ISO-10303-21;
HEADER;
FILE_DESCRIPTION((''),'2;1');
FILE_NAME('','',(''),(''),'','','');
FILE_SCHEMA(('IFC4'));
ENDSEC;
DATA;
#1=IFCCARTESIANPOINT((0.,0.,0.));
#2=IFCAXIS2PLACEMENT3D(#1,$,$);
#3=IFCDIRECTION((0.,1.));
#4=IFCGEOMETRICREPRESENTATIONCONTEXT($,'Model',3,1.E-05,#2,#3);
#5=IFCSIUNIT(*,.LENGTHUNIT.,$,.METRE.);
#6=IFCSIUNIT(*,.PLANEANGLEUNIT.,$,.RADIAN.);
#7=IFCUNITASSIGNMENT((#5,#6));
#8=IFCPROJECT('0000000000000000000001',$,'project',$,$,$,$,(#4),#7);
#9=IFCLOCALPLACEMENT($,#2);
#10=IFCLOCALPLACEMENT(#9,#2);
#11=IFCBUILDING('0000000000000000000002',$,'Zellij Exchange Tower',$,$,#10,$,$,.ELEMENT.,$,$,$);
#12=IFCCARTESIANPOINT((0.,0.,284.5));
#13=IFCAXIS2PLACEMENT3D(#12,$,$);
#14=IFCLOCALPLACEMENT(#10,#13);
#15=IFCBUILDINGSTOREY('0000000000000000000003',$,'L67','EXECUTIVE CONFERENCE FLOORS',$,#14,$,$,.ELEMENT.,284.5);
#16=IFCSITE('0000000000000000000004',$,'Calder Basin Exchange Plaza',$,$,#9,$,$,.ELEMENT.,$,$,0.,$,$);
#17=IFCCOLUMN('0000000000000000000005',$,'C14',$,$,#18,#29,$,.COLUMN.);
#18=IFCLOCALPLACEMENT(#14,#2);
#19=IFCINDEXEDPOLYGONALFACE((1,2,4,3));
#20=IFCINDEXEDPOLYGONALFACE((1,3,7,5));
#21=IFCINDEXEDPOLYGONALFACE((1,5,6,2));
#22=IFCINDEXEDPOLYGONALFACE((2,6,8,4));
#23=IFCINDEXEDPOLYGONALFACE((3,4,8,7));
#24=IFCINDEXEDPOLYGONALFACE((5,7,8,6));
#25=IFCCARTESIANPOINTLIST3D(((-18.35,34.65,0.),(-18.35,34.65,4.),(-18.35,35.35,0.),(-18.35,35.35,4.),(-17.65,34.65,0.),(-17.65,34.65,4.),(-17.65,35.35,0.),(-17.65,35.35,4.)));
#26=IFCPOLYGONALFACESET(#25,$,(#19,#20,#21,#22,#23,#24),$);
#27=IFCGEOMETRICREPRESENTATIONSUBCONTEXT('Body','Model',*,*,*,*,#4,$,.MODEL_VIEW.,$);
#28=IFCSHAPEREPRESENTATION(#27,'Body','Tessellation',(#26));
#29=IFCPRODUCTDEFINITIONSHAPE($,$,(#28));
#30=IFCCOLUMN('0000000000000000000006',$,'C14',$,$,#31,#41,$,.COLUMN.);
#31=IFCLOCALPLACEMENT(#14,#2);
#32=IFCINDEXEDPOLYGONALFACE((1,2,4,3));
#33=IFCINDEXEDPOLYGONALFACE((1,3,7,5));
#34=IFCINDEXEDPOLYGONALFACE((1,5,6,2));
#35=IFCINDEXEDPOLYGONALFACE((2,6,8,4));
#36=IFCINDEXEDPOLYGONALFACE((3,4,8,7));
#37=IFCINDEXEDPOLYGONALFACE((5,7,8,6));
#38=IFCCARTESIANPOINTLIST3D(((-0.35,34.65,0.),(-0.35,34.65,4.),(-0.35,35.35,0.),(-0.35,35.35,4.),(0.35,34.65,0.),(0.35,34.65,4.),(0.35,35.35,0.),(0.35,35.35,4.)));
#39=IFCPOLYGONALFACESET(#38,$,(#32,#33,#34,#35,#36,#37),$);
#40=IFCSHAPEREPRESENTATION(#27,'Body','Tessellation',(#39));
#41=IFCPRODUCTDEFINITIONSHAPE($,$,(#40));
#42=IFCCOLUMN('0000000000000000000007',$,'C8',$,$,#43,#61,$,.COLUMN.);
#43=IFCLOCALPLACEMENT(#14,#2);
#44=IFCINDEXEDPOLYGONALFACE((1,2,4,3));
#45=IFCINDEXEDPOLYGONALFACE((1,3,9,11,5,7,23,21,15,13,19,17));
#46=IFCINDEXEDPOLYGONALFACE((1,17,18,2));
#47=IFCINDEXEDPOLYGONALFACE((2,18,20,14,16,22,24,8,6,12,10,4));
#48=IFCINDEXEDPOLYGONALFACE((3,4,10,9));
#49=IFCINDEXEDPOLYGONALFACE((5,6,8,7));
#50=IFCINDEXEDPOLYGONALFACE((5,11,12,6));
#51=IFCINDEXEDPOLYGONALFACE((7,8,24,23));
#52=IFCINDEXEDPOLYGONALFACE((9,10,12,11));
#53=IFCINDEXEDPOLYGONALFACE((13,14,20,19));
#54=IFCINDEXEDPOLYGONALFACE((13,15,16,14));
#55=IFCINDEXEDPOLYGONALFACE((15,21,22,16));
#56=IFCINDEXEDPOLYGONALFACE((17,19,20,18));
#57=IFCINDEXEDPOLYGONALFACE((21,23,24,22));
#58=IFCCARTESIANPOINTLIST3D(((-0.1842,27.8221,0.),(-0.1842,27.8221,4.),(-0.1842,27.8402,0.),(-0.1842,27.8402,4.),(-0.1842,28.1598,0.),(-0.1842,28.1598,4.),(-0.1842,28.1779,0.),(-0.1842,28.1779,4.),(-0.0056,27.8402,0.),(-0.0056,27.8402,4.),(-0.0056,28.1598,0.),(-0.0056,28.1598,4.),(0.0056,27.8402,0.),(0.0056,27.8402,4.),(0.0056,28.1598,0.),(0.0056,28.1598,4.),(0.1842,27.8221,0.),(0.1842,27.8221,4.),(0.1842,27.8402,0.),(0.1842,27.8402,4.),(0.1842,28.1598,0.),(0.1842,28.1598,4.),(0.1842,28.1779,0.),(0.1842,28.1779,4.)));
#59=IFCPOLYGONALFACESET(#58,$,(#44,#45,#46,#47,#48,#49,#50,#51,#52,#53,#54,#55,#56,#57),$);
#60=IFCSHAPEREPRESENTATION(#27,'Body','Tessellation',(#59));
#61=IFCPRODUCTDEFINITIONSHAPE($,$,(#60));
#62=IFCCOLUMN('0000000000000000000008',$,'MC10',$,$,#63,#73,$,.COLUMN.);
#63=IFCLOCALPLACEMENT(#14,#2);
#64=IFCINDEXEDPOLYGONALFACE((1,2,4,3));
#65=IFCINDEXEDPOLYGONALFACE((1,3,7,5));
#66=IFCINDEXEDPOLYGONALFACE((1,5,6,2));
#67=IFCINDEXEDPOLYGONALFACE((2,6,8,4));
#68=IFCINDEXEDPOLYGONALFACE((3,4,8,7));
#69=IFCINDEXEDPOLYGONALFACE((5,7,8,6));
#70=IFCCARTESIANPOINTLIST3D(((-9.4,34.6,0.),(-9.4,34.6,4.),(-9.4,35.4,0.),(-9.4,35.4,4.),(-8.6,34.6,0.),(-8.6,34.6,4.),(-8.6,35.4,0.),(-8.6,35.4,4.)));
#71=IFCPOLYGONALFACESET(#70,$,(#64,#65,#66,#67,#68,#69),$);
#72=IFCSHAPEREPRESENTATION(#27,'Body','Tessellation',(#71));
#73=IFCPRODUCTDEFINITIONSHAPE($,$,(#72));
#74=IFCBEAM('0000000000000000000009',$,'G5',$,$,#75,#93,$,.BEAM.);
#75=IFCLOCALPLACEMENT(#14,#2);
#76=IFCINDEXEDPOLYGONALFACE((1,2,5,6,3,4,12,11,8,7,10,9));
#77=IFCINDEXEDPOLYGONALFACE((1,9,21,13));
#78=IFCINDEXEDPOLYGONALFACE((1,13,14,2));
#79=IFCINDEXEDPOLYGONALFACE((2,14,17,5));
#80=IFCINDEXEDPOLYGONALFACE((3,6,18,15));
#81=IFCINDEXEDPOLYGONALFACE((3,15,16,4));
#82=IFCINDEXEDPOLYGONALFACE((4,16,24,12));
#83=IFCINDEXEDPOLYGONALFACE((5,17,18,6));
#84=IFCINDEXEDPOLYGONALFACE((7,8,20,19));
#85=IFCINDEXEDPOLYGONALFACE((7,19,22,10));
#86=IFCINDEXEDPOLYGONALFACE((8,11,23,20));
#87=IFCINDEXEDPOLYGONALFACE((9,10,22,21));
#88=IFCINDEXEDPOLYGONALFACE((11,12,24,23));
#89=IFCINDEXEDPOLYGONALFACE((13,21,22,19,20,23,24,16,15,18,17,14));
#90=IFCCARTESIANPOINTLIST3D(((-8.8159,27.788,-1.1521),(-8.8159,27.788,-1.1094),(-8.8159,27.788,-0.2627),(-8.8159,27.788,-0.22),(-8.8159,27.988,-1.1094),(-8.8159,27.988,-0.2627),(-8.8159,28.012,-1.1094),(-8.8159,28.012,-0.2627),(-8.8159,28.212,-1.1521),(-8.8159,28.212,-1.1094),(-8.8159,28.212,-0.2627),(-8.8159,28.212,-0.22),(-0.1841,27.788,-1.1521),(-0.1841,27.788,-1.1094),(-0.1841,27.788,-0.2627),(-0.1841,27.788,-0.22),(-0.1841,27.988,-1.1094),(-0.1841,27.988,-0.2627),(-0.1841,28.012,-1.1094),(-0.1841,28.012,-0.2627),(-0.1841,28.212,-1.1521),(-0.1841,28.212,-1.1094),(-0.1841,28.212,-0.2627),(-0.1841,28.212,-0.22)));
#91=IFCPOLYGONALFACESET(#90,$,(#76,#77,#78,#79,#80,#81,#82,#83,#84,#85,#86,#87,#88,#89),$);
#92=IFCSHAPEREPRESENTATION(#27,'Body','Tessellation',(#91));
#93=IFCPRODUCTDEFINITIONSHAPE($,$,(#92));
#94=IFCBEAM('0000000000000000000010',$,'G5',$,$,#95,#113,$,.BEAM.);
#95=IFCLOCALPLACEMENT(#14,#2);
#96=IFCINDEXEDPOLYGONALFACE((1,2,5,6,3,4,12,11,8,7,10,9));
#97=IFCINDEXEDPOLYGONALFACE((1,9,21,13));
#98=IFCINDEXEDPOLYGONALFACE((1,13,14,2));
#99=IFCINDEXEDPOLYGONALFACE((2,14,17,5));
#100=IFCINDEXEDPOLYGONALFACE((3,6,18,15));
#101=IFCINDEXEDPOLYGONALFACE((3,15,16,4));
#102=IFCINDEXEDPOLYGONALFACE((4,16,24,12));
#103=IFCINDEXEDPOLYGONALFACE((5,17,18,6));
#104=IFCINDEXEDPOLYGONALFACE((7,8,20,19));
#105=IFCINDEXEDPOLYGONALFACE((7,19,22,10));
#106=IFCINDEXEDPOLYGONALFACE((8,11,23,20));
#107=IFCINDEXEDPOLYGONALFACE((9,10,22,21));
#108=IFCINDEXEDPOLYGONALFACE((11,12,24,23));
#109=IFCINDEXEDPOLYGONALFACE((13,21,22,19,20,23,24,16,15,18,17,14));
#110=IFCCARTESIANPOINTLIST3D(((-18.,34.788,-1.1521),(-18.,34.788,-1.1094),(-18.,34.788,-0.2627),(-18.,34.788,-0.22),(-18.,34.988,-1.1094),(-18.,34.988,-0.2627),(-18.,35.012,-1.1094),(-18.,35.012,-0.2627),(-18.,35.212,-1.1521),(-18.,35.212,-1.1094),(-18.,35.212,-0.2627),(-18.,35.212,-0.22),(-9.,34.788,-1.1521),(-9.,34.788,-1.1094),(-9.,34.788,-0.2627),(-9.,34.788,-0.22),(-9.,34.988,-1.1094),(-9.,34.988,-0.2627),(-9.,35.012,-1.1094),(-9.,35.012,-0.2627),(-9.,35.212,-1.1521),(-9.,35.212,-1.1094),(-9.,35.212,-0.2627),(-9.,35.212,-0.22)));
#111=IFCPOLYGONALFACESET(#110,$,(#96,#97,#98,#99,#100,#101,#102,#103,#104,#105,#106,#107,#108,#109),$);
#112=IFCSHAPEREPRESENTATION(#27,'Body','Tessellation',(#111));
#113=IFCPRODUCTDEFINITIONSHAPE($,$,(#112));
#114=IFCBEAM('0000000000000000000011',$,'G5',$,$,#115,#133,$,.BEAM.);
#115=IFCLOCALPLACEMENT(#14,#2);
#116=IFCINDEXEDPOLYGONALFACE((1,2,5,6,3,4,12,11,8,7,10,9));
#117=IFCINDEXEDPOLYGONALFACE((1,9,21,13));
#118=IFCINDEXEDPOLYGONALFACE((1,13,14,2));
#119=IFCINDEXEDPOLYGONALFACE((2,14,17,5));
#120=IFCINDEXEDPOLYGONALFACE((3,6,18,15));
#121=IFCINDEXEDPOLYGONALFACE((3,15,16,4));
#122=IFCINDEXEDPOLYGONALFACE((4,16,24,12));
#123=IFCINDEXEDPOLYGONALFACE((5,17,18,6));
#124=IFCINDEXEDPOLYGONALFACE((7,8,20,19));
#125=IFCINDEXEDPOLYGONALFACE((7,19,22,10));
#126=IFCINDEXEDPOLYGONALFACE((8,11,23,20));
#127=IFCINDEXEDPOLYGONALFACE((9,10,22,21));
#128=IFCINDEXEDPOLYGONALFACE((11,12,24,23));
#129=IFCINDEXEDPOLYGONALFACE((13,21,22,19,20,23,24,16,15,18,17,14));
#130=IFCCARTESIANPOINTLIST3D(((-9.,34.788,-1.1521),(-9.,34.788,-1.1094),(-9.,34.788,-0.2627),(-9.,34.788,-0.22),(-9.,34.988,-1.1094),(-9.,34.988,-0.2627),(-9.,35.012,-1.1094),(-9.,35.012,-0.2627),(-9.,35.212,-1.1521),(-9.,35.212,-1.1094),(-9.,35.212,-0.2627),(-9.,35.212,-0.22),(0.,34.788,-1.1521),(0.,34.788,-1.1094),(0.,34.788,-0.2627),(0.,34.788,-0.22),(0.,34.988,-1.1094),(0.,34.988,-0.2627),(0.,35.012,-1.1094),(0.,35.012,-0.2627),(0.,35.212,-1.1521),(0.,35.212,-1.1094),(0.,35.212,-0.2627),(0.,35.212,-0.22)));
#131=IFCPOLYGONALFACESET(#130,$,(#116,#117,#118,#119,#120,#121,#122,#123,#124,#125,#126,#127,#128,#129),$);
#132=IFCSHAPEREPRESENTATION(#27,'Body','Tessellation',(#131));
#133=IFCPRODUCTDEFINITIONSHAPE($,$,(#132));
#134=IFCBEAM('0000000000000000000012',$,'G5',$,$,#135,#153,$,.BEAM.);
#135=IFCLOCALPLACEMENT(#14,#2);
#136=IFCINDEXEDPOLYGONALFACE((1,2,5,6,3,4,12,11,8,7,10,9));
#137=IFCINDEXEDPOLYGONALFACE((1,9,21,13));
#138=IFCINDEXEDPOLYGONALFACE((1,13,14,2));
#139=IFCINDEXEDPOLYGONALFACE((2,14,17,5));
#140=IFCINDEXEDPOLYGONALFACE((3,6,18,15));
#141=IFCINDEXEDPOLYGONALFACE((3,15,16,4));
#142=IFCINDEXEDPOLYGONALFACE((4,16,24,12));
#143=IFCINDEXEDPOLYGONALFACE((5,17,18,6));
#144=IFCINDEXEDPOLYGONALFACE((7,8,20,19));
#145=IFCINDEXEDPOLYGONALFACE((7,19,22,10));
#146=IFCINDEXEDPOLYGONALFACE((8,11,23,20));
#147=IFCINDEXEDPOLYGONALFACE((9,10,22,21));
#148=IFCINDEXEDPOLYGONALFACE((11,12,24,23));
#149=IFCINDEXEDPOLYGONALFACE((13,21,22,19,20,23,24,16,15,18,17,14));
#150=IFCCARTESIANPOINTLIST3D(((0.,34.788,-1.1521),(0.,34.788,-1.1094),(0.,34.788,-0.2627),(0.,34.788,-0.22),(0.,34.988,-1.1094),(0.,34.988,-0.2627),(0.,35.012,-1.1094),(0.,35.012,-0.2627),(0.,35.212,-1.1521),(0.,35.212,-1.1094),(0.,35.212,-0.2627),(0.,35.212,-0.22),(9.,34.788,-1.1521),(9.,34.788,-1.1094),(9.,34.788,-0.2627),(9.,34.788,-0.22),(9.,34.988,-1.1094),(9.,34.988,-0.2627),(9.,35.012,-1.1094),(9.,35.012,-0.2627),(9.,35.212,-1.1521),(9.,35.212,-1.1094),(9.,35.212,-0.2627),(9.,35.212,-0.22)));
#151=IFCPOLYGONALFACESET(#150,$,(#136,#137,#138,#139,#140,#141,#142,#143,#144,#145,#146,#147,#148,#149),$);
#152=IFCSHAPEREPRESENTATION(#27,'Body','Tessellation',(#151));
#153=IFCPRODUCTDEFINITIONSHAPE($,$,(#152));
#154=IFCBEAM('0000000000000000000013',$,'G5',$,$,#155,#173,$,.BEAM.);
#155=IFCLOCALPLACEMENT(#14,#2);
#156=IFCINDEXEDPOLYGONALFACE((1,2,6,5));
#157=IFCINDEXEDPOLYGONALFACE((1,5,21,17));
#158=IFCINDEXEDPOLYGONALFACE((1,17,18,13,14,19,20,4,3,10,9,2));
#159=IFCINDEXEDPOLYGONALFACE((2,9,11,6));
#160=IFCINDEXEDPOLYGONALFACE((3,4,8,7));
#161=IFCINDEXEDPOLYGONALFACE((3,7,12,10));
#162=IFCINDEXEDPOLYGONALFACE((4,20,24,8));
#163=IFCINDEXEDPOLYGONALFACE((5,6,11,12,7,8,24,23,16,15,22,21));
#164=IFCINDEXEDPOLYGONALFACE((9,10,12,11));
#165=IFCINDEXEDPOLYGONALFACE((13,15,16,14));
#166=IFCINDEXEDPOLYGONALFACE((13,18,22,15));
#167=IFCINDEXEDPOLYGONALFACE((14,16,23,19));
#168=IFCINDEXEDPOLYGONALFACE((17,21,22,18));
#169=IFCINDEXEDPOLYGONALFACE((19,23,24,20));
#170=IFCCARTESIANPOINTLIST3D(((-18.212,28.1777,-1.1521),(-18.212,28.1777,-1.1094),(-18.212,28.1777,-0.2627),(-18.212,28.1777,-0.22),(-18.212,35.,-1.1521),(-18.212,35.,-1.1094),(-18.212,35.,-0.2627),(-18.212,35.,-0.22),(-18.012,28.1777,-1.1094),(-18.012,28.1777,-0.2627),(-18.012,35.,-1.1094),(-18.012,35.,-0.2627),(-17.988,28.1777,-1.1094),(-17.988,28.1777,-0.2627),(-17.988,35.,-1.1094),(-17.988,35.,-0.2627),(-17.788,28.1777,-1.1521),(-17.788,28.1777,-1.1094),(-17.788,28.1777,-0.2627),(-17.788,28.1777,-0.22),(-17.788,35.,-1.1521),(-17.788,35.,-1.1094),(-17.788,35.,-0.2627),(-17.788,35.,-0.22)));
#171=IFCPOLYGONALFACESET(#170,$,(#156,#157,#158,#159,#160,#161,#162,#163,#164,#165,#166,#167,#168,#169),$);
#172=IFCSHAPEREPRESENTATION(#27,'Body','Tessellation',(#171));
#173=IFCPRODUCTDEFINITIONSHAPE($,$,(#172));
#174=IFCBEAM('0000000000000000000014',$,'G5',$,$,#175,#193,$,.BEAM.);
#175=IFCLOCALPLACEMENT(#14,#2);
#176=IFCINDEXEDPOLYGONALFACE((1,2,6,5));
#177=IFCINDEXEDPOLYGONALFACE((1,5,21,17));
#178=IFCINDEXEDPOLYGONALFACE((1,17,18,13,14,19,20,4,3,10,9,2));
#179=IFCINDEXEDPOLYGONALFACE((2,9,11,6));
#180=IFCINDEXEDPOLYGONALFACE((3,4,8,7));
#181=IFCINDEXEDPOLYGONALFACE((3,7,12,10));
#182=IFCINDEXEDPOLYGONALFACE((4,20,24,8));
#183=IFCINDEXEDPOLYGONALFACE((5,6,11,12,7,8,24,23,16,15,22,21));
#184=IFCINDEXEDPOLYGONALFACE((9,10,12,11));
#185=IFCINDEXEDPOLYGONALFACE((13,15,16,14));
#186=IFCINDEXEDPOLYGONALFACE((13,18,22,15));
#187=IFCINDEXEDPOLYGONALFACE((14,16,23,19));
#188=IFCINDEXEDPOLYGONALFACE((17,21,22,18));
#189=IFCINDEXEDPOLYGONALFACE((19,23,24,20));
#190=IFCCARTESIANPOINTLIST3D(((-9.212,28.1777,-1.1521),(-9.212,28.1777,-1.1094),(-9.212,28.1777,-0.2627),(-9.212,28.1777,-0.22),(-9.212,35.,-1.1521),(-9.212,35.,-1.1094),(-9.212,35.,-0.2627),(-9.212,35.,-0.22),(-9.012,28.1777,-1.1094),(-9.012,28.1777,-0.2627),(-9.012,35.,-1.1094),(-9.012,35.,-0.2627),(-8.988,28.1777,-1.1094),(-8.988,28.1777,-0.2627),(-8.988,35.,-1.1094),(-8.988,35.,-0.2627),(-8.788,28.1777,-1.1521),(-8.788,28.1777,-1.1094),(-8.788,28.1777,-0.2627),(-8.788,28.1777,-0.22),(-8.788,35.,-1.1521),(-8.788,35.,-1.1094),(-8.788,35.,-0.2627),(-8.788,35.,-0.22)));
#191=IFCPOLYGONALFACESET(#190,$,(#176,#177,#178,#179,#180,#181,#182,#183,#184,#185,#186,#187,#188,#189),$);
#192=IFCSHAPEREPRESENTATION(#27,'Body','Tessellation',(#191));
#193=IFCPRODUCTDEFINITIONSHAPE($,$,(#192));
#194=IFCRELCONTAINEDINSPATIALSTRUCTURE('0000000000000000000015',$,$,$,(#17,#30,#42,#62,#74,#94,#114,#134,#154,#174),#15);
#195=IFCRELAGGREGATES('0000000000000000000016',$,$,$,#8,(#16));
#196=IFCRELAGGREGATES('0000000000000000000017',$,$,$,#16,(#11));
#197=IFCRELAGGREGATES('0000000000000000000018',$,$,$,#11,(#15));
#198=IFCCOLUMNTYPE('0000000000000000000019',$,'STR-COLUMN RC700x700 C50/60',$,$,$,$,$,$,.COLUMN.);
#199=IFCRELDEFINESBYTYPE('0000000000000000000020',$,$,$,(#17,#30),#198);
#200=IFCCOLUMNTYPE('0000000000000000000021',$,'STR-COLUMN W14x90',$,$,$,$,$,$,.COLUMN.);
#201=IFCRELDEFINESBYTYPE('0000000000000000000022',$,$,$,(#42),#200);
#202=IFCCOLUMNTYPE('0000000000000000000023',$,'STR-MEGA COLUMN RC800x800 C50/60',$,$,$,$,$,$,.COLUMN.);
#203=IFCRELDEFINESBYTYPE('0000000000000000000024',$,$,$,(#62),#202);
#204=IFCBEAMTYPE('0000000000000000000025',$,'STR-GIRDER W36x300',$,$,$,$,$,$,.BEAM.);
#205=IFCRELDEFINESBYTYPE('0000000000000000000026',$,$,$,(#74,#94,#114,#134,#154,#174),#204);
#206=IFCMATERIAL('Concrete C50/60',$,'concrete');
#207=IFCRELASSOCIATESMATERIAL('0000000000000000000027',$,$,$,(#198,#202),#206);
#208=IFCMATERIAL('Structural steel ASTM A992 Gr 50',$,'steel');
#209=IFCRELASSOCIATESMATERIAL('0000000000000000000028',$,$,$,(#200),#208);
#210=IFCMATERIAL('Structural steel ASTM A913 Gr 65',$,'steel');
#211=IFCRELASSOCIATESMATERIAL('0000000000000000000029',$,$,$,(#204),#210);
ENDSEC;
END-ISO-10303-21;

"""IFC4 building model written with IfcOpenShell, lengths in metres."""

from ifc_helpers import new_model, si_unit, direction, frame, origin, origin_2d, place, context, subcontext, project, spatial, rectangle, i_section, extrude, material, material_profile, profile_set, type_object, element, save


model = new_model("IFC4")

# Units and contexts
model_context = context("Model", 3, precision=1e-05, world=origin(), true_north=direction((0.0, 1.0)))
body_context = subcontext(model_context, "Body", "Model", "MODEL_VIEW")
ifc_project = project(units=[si_unit("LENGTHUNIT", "METRE"), si_unit("PLANEANGLEUNIT", "RADIAN")], contexts=[model_context])

# Site, building, storey
site_placement = place(None, origin())
site = spatial("IfcSite", under=ifc_project, at=site_placement, Name="Calder Basin Exchange Plaza", CompositionType="ELEMENT", RefElevation=0.0)
building_placement = place(site_placement, origin())
building = spatial("IfcBuilding", under=site, at=building_placement, Name="Zellij Exchange Tower", CompositionType="ELEMENT")
storey_placement = place(building_placement, frame((0.0, 0.0, 284.5)))
storey = spatial("IfcBuildingStorey", under=building, at=storey_placement, Name="L67", Description="EXECUTIVE CONFERENCE FLOORS", CompositionType="ELEMENT", Elevation=284.5)

# Columns
ifc_material_1 = material(Name="Concrete C50/60", Category="concrete")
ifc_material_profile_1 = material_profile(ifc_material_1, rectangle(XDim=0.7, YDim=0.7, at=origin_2d()), Name="STR-COLUMN RC700x700 C50/60")
ifc_profile_set_1 = profile_set([ifc_material_profile_1], Name="Concrete C50/60")
column_type_1 = type_object("IfcColumnType", Name="STR-COLUMN RC700x700 C50/60", PredefinedType="COLUMN", material=ifc_profile_set_1)
for number, where, z_axis, x_axis, name in (
    (1, (-18.0, 35.0, 0.0), (0.0, 0.0, 1.0), (1.0, 0.0, 0.0), "C14"),
    (2, (0.0, 35.0, 0.0), (0.0, 0.0, 1.0), (1.0, 0.0, 0.0), "C14"),
):
    element("IfcColumn", number, at=place(storey_placement, frame(where, z_axis=z_axis, x_axis=x_axis)), inside=storey, type_object=column_type_1, Name=name, PredefinedType="COLUMN", context=body_context, shape_type="SweptSolid", body=[
        extrude(rectangle(XDim=0.7, YDim=0.7, at=origin_2d()), origin(), (0.0, 0.0, 1.0), 4.0),
    ])
ifc_material_2 = material(Name="Structural steel ASTM A992 Gr 50", Category="steel")
ifc_material_profile_2 = material_profile(ifc_material_2, i_section(OverallWidth=0.3684, OverallDepth=0.3557, WebThickness=0.0112, FlangeThickness=0.0181, at=origin_2d()), Name="W14x90")
ifc_profile_set_2 = profile_set([ifc_material_profile_2], Name="Structural steel ASTM A992 Gr 50")
column_type_2 = type_object("IfcColumnType", Name="STR-COLUMN W14x90", PredefinedType="COLUMN", material=ifc_profile_set_2)
column_1_placement = place(storey_placement, frame((0.0, 28.0, 0.0), z_axis=(0.0, 0.0, 1.0), x_axis=(1.0, 0.0, 0.0)))
element("IfcColumn", 3, at=column_1_placement, inside=storey, type_object=column_type_2, Name="C8", PredefinedType="COLUMN", context=body_context, shape_type="SweptSolid", body=[
    extrude(i_section(OverallWidth=0.3684, OverallDepth=0.3557, WebThickness=0.0112, FlangeThickness=0.0181, at=origin_2d()), origin(), (0.0, 0.0, 1.0), 4.0),
])
ifc_material_profile_3 = material_profile(ifc_material_1, rectangle(XDim=0.8, YDim=0.8, at=origin_2d()), Name="STR-MEGA COLUMN RC800x800 C50/60")
ifc_profile_set_3 = profile_set([ifc_material_profile_3], Name="Concrete C50/60")
column_type_3 = type_object("IfcColumnType", Name="STR-MEGA COLUMN RC800x800 C50/60", PredefinedType="COLUMN", material=ifc_profile_set_3)
column_2_placement = place(storey_placement, frame((-9.0, 35.0, 0.0), z_axis=(0.0, 0.0, 1.0), x_axis=(1.0, 0.0, 0.0)))
element("IfcColumn", 4, at=column_2_placement, inside=storey, type_object=column_type_3, Name="MC10", PredefinedType="COLUMN", context=body_context, shape_type="SweptSolid", body=[
    extrude(rectangle(XDim=0.8, YDim=0.8, at=origin_2d()), origin(), (0.0, 0.0, 1.0), 4.0),
])

# Beams
ifc_material_3 = material(Name="Structural steel ASTM A913 Gr 65", Category="steel")
ifc_material_profile_4 = material_profile(ifc_material_3, i_section(OverallWidth=0.4241, OverallDepth=0.9321, WebThickness=0.0239, FlangeThickness=0.0427, at=origin_2d()), Name="W36x300")
ifc_profile_set_4 = profile_set([ifc_material_profile_4], Name="Structural steel ASTM A913 Gr 65")
beam_type = type_object("IfcBeamType", Name="STR-GIRDER W36x300", PredefinedType="BEAM", material=ifc_profile_set_4)
beam_placement = place(storey_placement, frame((-8.8159, 28.0, -0.686), z_axis=(1.0, 0.0, 0.0), x_axis=(0.0, 1.0, 0.0)))
element("IfcBeam", 5, at=beam_placement, inside=storey, type_object=beam_type, Name="G5", PredefinedType="BEAM", context=body_context, shape_type="SweptSolid", body=[
    extrude(i_section(OverallWidth=0.4241, OverallDepth=0.9321, WebThickness=0.0239, FlangeThickness=0.0427, at=origin_2d()), origin(), (0.0, 0.0, 1.0), 8.6318),
])
for number, where, z_axis, x_axis, name in (
    (6, (-18.0, 35.0, -0.686), (1.0, 0.0, 0.0), (0.0, 1.0, 0.0), "G5"),
    (7, (-9.0, 35.0, -0.686), (1.0, 0.0, 0.0), (0.0, 1.0, 0.0), "G5"),
    (8, (0.0, 35.0, -0.686), (1.0, 0.0, 0.0), (0.0, 1.0, 0.0), "G5"),
):
    element("IfcBeam", number, at=place(storey_placement, frame(where, z_axis=z_axis, x_axis=x_axis)), inside=storey, type_object=beam_type, Name=name, PredefinedType="BEAM", context=body_context, shape_type="SweptSolid", body=[
        extrude(i_section(OverallWidth=0.4241, OverallDepth=0.9321, WebThickness=0.0239, FlangeThickness=0.0427, at=origin_2d()), origin(), (0.0, 0.0, 1.0), 9.0),
    ])
for number, where, z_axis, x_axis, name in (
    (9, (-18.0, 28.1777, -0.686), (0.0, 1.0, 0.0), (-1.0, 0.0, 0.0), "G5"),
    (10, (-9.0, 28.1777, -0.686), (0.0, 1.0, 0.0), (-1.0, 0.0, 0.0), "G5"),
):
    element("IfcBeam", number, at=place(storey_placement, frame(where, z_axis=z_axis, x_axis=x_axis)), inside=storey, type_object=beam_type, Name=name, PredefinedType="BEAM", context=body_context, shape_type="SweptSolid", body=[
        extrude(i_section(OverallWidth=0.4241, OverallDepth=0.9321, WebThickness=0.0239, FlangeThickness=0.0427, at=origin_2d()), origin(), (0.0, 0.0, 1.0), 6.8223),
    ])

save(model, "model.ifc")
